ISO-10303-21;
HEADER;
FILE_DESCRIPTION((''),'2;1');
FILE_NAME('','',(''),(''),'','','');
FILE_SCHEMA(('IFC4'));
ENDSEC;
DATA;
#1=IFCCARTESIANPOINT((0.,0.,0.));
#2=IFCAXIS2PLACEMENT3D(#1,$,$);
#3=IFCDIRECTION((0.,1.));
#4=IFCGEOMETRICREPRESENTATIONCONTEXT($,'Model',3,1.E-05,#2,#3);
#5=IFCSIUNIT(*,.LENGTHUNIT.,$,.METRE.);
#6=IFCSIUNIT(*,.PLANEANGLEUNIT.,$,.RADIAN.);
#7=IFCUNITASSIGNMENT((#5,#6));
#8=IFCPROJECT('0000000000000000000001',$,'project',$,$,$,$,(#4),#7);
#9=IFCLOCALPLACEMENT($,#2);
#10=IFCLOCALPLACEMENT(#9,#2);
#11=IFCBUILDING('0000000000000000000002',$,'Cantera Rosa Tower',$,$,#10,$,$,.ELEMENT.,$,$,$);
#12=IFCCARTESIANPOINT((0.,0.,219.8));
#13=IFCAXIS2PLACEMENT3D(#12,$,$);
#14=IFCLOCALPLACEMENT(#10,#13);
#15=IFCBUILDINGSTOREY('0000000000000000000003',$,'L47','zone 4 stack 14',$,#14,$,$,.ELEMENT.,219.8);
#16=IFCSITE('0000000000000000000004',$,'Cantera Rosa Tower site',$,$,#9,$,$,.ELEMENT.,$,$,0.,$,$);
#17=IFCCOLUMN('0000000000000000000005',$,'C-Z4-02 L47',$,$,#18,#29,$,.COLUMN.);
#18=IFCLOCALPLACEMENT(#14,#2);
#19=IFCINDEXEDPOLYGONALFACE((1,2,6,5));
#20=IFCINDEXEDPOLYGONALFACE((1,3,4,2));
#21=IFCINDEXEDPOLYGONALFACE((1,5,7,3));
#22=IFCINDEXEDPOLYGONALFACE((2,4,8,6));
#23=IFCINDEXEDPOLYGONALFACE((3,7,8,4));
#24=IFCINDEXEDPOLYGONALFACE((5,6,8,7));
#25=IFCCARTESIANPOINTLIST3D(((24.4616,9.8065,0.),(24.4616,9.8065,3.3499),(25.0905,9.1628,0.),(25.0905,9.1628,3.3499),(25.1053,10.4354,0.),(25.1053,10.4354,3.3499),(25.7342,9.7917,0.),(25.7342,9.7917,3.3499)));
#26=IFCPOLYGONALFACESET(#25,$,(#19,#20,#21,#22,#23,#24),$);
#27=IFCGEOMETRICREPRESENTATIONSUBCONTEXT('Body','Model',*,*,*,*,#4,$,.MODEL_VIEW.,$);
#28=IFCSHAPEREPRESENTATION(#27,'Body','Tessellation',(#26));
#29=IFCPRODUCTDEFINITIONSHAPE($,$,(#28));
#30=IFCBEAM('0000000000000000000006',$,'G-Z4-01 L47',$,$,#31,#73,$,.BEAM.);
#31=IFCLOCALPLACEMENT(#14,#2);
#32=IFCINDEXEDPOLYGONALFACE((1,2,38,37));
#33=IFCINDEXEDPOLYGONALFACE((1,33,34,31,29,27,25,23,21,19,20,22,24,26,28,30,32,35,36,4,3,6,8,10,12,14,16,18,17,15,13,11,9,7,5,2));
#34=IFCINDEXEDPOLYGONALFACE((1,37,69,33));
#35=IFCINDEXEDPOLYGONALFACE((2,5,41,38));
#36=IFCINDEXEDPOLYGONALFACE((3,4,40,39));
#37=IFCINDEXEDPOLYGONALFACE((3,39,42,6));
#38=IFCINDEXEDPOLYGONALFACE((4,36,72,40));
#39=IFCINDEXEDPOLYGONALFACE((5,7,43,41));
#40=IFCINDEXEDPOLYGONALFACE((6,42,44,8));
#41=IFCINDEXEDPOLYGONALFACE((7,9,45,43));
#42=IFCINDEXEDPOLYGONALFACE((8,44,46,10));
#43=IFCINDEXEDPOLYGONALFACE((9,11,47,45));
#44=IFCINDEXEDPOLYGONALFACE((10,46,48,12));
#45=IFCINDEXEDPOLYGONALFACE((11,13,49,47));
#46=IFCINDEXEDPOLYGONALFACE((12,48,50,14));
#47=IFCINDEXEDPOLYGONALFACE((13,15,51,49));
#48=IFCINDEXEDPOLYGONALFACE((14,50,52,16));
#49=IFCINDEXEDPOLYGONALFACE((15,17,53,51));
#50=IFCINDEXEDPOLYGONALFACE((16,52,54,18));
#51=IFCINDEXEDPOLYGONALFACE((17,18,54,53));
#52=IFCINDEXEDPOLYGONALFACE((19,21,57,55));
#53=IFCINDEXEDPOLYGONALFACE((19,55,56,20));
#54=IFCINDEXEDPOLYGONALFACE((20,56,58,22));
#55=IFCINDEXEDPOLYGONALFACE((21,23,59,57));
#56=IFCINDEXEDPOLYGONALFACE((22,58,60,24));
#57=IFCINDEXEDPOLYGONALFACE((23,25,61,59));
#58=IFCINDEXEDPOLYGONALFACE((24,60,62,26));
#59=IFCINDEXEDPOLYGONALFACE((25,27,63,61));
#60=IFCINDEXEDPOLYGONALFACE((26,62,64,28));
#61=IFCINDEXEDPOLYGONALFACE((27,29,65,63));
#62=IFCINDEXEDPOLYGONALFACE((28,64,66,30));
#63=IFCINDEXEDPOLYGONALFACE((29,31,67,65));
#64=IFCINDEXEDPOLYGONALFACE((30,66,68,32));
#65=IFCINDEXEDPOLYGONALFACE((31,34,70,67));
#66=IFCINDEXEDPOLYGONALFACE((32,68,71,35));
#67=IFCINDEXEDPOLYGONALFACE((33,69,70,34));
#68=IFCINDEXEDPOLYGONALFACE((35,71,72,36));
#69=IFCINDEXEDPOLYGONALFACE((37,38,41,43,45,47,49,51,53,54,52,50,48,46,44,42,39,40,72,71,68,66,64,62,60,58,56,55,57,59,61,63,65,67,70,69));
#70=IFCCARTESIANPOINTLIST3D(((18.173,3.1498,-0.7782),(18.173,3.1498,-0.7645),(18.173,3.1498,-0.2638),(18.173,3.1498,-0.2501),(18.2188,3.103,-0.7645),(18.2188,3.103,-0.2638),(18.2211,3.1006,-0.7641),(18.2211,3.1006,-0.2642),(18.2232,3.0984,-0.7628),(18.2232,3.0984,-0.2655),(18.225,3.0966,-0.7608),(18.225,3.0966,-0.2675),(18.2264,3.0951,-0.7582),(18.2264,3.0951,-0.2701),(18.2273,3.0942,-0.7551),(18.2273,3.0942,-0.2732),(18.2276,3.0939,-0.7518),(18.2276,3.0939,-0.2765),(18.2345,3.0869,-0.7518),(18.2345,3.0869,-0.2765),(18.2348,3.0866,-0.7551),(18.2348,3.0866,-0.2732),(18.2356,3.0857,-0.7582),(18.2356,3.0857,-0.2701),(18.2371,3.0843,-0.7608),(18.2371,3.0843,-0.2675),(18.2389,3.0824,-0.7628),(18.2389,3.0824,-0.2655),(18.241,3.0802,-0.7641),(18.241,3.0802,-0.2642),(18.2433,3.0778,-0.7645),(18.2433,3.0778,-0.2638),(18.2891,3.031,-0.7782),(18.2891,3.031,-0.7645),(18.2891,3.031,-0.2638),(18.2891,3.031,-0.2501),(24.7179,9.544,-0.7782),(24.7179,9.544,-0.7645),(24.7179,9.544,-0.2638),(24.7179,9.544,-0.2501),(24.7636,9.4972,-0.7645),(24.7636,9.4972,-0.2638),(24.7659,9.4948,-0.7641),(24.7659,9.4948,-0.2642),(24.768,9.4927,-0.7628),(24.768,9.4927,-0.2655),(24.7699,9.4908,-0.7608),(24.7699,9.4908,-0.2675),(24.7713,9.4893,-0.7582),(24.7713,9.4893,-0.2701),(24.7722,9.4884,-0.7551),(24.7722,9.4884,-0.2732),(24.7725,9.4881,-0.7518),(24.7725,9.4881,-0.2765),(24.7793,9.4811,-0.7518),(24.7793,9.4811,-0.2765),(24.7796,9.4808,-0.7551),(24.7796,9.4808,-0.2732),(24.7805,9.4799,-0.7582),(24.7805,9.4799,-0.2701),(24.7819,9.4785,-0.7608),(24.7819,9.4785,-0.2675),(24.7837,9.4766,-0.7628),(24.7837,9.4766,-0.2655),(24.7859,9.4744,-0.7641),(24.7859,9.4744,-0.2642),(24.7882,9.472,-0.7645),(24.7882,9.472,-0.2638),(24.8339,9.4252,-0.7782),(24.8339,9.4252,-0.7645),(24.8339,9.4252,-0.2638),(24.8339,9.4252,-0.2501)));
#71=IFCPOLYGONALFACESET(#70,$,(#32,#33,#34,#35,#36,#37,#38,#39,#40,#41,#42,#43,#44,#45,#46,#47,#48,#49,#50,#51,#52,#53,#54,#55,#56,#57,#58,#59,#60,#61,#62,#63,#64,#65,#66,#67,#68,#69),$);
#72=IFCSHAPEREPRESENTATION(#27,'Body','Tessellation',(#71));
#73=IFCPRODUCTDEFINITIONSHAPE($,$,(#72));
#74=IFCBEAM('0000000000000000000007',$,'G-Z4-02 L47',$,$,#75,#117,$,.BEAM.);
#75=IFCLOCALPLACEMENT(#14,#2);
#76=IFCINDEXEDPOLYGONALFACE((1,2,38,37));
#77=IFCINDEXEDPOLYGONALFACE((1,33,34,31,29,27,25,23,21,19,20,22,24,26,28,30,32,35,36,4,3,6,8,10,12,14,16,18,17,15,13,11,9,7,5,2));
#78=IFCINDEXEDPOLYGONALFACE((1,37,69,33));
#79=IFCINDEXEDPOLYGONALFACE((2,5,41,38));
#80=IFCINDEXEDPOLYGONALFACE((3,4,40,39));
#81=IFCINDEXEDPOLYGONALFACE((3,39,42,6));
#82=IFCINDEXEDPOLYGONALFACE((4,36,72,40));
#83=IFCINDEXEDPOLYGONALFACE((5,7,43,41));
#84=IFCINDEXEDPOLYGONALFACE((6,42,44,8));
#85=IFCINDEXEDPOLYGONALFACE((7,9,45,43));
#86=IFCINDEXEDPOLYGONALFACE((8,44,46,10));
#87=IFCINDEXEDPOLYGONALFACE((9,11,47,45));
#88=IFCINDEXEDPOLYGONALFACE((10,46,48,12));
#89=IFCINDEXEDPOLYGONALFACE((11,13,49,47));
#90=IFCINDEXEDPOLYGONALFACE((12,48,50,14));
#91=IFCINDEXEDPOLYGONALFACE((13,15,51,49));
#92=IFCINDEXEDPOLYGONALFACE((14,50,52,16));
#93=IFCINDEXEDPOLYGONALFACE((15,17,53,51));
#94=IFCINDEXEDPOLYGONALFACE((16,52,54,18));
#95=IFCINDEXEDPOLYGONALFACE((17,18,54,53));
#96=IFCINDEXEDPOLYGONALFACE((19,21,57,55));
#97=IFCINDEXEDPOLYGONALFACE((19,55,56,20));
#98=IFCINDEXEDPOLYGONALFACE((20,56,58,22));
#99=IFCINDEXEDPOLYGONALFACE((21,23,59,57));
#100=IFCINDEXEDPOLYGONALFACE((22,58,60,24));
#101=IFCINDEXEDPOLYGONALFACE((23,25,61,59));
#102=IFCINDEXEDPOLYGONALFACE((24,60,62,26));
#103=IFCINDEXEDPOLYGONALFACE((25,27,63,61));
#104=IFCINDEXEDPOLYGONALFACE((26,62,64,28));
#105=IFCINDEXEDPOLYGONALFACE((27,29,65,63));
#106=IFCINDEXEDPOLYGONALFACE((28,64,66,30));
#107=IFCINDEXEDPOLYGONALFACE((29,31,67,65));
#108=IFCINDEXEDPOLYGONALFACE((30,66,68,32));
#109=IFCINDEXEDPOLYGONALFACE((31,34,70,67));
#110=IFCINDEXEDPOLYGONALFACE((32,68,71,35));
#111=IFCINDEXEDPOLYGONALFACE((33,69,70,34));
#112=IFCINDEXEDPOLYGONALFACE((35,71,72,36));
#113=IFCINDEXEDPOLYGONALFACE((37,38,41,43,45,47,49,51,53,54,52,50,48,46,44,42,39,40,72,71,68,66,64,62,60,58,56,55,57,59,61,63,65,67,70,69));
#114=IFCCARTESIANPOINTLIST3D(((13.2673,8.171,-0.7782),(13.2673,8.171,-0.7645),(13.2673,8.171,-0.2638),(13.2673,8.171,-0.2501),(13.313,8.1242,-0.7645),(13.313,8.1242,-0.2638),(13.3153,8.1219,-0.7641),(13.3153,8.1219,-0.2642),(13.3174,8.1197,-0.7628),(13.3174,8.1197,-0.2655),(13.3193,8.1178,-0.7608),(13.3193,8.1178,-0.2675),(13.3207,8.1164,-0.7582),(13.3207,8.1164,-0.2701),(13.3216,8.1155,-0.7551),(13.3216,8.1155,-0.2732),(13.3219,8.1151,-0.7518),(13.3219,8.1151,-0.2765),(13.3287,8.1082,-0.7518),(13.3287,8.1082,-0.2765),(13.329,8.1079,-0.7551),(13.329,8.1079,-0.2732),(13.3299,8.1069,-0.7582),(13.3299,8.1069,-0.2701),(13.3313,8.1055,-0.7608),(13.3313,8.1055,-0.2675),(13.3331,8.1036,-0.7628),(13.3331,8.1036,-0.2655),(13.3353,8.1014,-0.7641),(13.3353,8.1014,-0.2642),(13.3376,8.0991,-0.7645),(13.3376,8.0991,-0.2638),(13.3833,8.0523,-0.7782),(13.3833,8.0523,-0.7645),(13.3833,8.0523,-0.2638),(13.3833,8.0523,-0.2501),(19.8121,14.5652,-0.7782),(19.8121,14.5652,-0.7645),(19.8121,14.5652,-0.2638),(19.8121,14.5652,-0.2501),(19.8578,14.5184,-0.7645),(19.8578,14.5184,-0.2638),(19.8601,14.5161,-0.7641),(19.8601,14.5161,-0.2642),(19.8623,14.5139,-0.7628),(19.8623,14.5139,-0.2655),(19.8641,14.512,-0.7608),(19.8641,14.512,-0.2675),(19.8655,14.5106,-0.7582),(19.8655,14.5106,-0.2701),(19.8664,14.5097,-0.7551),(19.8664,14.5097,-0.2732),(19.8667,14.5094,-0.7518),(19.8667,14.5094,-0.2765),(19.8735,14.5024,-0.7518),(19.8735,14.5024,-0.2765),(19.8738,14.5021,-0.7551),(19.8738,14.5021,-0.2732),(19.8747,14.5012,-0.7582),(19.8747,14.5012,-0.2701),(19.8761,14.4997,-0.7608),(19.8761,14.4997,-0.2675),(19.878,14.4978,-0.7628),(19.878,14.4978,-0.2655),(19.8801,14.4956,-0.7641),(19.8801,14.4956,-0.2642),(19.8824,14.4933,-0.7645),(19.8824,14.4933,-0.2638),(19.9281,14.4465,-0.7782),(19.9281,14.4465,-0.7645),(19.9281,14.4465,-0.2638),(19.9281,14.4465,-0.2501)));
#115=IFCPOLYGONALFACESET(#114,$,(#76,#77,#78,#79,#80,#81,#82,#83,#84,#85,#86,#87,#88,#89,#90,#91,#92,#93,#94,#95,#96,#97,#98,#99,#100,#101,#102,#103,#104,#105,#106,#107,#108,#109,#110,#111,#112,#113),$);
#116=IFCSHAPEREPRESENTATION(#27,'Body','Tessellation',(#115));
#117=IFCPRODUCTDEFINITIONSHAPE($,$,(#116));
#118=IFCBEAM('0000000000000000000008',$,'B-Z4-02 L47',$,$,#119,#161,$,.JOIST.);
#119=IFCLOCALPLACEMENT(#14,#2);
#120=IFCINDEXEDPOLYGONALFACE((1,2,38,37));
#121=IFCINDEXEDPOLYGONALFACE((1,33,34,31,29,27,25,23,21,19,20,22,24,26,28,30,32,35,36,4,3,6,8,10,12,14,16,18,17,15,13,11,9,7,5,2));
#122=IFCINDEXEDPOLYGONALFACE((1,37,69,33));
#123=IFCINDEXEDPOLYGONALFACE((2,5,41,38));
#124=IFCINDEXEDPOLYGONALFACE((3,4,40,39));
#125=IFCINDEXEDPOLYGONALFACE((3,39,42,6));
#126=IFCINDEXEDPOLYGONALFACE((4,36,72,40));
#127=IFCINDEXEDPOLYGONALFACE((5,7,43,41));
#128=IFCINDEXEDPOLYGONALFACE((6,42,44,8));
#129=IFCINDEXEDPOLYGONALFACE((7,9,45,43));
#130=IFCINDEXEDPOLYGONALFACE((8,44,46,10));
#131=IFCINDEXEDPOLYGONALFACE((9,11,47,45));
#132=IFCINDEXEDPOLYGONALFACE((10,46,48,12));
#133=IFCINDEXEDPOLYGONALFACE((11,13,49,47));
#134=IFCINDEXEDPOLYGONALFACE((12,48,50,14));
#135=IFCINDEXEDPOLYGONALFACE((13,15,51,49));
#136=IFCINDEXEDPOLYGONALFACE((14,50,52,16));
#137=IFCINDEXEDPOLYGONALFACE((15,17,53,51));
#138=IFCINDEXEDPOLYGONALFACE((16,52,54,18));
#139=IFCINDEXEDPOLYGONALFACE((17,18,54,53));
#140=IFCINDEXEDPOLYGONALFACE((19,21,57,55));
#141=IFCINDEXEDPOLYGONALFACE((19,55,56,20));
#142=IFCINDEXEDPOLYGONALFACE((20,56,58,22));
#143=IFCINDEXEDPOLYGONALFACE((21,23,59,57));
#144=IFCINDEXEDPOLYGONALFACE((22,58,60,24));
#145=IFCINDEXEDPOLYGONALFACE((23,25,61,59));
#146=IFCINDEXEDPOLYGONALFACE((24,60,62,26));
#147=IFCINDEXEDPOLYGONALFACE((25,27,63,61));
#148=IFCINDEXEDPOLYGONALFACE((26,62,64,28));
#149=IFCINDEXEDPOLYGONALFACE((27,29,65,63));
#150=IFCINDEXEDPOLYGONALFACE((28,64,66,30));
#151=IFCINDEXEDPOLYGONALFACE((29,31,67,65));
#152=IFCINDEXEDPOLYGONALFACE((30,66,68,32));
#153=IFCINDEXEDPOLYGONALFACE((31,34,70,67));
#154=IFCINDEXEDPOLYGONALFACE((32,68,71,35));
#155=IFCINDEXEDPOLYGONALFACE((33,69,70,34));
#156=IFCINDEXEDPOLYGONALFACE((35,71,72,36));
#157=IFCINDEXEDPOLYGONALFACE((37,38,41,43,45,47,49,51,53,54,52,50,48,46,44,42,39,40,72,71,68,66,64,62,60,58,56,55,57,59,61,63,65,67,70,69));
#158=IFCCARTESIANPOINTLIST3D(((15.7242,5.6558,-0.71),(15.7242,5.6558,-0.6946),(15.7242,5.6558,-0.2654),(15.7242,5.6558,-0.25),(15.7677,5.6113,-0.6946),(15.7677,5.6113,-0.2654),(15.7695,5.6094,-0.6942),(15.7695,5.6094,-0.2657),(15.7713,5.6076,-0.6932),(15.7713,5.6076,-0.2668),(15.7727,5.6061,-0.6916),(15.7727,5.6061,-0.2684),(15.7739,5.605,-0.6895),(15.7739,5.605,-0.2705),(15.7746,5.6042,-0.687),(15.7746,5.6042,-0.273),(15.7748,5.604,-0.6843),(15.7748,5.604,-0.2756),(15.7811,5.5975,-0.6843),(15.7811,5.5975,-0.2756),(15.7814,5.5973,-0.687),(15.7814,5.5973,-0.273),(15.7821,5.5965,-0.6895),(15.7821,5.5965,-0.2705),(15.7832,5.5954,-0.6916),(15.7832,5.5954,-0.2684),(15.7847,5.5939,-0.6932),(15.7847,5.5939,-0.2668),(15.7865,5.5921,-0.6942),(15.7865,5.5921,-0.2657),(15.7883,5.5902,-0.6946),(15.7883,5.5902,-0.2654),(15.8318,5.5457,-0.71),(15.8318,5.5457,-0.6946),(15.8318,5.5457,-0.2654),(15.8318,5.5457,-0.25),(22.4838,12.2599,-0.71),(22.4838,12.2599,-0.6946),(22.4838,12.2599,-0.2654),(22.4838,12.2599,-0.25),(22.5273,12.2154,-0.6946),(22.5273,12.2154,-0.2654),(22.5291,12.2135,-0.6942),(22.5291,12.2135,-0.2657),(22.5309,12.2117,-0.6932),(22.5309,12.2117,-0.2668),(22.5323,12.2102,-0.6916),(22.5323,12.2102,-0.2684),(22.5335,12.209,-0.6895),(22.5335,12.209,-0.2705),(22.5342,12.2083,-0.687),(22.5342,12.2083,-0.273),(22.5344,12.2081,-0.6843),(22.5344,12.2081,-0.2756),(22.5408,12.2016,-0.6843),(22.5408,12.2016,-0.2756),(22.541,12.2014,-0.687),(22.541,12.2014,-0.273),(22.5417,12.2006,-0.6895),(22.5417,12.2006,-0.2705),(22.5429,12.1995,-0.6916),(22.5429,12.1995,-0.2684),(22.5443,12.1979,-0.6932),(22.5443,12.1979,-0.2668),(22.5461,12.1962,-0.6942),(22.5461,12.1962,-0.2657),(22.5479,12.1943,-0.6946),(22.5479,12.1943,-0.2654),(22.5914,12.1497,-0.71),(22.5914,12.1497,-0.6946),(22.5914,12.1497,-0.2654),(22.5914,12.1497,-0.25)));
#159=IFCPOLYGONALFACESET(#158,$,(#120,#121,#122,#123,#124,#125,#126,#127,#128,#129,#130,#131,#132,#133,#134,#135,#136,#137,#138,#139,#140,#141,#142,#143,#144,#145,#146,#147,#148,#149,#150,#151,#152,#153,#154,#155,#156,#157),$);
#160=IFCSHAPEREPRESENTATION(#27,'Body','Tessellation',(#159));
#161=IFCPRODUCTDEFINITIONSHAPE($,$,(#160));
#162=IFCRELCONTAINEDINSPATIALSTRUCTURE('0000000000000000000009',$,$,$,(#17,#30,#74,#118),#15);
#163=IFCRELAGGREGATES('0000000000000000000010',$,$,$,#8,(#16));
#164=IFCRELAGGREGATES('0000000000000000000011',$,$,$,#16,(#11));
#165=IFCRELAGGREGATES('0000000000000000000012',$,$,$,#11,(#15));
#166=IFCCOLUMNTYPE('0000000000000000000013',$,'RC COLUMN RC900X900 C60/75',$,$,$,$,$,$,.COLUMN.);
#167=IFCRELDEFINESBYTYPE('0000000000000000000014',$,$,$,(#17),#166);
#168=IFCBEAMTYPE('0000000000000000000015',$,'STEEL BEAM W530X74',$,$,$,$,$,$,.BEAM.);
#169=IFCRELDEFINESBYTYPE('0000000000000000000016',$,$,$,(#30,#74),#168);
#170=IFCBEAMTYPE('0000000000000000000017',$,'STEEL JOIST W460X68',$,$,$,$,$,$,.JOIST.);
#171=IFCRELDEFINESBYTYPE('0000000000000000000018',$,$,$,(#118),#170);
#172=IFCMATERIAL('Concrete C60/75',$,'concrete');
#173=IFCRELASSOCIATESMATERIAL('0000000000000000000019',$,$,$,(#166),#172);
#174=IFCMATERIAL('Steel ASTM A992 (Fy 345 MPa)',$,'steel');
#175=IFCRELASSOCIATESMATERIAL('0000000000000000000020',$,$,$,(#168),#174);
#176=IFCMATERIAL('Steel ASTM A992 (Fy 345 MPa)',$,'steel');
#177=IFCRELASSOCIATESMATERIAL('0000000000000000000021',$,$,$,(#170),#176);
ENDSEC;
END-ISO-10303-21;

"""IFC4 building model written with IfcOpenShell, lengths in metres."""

from ifc_helpers import new_model, si_unit, direction, frame, origin, origin_2d, place, context, subcontext, project, spatial, rectangle, i_section, extrude, material, material_profile, profile_set, type_object, element, save


model = new_model("IFC4")

# Units and contexts
model_context = context("Model", 3, precision=1e-05, world=origin(), true_north=direction((0.0, 1.0)))
body_context = subcontext(model_context, "Body", "Model", "MODEL_VIEW")
ifc_project = project(units=[si_unit("LENGTHUNIT", "METRE"), si_unit("PLANEANGLEUNIT", "RADIAN")], contexts=[model_context])

# Site, building, storey
site_placement = place(None, origin())
site = spatial("IfcSite", under=ifc_project, at=site_placement, Name="Cantera Rosa Tower site", CompositionType="ELEMENT", RefElevation=0.0)
building_placement = place(site_placement, origin())
building = spatial("IfcBuilding", under=site, at=building_placement, Name="Cantera Rosa Tower", CompositionType="ELEMENT")
storey_placement = place(building_placement, frame((0.0, 0.0, 219.8)))
storey = spatial("IfcBuildingStorey", under=building, at=storey_placement, Name="L47", Description="zone 4 stack 14", CompositionType="ELEMENT", Elevation=219.8)

# Column
ifc_material_1 = material(Name="Concrete C60/75", Category="concrete")
ifc_material_profile_1 = material_profile(ifc_material_1, rectangle(XDim=0.8999, YDim=0.8999, at=origin_2d()), Name="RC COLUMN RC900X900 C60/75")
ifc_profile_set_1 = profile_set([ifc_material_profile_1], Name="Concrete C60/75")
column_type = type_object("IfcColumnType", Name="RC COLUMN RC900X900 C60/75", PredefinedType="COLUMN", material=ifc_profile_set_1)
column_placement = place(storey_placement, frame((25.0979, 9.7991, 0.0), z_axis=(0.0, 0.0, 1.0), x_axis=(0.715286, 0.698832, 0.0)))
element("IfcColumn", 1, at=column_placement, inside=storey, type_object=column_type, Name="C-Z4-02 L47", PredefinedType="COLUMN", context=body_context, shape_type="SweptSolid", body=[
    extrude(rectangle(XDim=0.8999, YDim=0.8999, at=origin_2d()), origin(), (0.0, 0.0, 1.0), 3.3499),
])

# Beams
ifc_material_2 = material(Name="Steel ASTM A992 (Fy 345 MPa)", Category="steel")
ifc_material_profile_2 = material_profile(ifc_material_2, i_section(OverallWidth=0.166, OverallDepth=0.5281, WebThickness=0.0098, FlangeThickness=0.0137, FilletRadius=0.0127, at=origin_2d()), Name="W530X74")
ifc_profile_set_2 = profile_set([ifc_material_profile_2], Name="Steel ASTM A992 (Fy 345 MPa)")
beam_type_1 = type_object("IfcBeamType", Name="STEEL BEAM W530X74", PredefinedType="BEAM", material=ifc_profile_set_2)
for number, where, z_axis, x_axis, name in (
    (2, (24.7759, 9.4846, -0.5142), (-0.71529, -0.698827, 0.0), (0.698827, -0.71529, 0.0), "G-Z4-01 L47"),
    (3, (19.8701, 14.5059, -0.5142), (-0.71529, -0.698827, 0.0), (0.698827, -0.71529, 0.0), "G-Z4-02 L47"),
):
    element("IfcBeam", number, at=place(storey_placement, frame(where, z_axis=z_axis, x_axis=x_axis)), inside=storey, type_object=beam_type_1, Name=name, PredefinedType="BEAM", context=body_context, shape_type="SweptSolid", body=[
        extrude(i_section(OverallWidth=0.166, OverallDepth=0.5281, WebThickness=0.0098, FlangeThickness=0.0137, FilletRadius=0.0127, at=origin_2d()), origin(), (0.0, 0.0, 1.0), 9.1499),
    ])
ifc_material_3 = material(Name="Steel ASTM A992 (Fy 345 MPa)", Category="steel")
ifc_material_profile_3 = material_profile(ifc_material_3, i_section(OverallWidth=0.1541, OverallDepth=0.46, WebThickness=0.009, FlangeThickness=0.0154, FilletRadius=0.0103, at=origin_2d()), Name="W460X68")
ifc_profile_set_3 = profile_set([ifc_material_profile_3], Name="Steel ASTM A992 (Fy 345 MPa)")
beam_type_2 = type_object("IfcBeamType", Name="STEEL JOIST W460X68", PredefinedType="JOIST", material=ifc_profile_set_3)
beam_1_placement = place(storey_placement, frame((22.5376, 12.2048, -0.48), z_axis=(-0.715287, -0.698831, 0.0), x_axis=(0.698831, -0.715287, 0.0)))
element("IfcBeam", 4, at=beam_1_placement, inside=storey, type_object=beam_type_2, Name="B-Z4-02 L47", PredefinedType="JOIST", context=body_context, shape_type="SweptSolid", body=[
    extrude(i_section(OverallWidth=0.1541, OverallDepth=0.46, WebThickness=0.009, FlangeThickness=0.0154, FilletRadius=0.0103, at=origin_2d()), origin(), (0.0, 0.0, 1.0), 9.4502),
])

save(model, "model.ifc")
